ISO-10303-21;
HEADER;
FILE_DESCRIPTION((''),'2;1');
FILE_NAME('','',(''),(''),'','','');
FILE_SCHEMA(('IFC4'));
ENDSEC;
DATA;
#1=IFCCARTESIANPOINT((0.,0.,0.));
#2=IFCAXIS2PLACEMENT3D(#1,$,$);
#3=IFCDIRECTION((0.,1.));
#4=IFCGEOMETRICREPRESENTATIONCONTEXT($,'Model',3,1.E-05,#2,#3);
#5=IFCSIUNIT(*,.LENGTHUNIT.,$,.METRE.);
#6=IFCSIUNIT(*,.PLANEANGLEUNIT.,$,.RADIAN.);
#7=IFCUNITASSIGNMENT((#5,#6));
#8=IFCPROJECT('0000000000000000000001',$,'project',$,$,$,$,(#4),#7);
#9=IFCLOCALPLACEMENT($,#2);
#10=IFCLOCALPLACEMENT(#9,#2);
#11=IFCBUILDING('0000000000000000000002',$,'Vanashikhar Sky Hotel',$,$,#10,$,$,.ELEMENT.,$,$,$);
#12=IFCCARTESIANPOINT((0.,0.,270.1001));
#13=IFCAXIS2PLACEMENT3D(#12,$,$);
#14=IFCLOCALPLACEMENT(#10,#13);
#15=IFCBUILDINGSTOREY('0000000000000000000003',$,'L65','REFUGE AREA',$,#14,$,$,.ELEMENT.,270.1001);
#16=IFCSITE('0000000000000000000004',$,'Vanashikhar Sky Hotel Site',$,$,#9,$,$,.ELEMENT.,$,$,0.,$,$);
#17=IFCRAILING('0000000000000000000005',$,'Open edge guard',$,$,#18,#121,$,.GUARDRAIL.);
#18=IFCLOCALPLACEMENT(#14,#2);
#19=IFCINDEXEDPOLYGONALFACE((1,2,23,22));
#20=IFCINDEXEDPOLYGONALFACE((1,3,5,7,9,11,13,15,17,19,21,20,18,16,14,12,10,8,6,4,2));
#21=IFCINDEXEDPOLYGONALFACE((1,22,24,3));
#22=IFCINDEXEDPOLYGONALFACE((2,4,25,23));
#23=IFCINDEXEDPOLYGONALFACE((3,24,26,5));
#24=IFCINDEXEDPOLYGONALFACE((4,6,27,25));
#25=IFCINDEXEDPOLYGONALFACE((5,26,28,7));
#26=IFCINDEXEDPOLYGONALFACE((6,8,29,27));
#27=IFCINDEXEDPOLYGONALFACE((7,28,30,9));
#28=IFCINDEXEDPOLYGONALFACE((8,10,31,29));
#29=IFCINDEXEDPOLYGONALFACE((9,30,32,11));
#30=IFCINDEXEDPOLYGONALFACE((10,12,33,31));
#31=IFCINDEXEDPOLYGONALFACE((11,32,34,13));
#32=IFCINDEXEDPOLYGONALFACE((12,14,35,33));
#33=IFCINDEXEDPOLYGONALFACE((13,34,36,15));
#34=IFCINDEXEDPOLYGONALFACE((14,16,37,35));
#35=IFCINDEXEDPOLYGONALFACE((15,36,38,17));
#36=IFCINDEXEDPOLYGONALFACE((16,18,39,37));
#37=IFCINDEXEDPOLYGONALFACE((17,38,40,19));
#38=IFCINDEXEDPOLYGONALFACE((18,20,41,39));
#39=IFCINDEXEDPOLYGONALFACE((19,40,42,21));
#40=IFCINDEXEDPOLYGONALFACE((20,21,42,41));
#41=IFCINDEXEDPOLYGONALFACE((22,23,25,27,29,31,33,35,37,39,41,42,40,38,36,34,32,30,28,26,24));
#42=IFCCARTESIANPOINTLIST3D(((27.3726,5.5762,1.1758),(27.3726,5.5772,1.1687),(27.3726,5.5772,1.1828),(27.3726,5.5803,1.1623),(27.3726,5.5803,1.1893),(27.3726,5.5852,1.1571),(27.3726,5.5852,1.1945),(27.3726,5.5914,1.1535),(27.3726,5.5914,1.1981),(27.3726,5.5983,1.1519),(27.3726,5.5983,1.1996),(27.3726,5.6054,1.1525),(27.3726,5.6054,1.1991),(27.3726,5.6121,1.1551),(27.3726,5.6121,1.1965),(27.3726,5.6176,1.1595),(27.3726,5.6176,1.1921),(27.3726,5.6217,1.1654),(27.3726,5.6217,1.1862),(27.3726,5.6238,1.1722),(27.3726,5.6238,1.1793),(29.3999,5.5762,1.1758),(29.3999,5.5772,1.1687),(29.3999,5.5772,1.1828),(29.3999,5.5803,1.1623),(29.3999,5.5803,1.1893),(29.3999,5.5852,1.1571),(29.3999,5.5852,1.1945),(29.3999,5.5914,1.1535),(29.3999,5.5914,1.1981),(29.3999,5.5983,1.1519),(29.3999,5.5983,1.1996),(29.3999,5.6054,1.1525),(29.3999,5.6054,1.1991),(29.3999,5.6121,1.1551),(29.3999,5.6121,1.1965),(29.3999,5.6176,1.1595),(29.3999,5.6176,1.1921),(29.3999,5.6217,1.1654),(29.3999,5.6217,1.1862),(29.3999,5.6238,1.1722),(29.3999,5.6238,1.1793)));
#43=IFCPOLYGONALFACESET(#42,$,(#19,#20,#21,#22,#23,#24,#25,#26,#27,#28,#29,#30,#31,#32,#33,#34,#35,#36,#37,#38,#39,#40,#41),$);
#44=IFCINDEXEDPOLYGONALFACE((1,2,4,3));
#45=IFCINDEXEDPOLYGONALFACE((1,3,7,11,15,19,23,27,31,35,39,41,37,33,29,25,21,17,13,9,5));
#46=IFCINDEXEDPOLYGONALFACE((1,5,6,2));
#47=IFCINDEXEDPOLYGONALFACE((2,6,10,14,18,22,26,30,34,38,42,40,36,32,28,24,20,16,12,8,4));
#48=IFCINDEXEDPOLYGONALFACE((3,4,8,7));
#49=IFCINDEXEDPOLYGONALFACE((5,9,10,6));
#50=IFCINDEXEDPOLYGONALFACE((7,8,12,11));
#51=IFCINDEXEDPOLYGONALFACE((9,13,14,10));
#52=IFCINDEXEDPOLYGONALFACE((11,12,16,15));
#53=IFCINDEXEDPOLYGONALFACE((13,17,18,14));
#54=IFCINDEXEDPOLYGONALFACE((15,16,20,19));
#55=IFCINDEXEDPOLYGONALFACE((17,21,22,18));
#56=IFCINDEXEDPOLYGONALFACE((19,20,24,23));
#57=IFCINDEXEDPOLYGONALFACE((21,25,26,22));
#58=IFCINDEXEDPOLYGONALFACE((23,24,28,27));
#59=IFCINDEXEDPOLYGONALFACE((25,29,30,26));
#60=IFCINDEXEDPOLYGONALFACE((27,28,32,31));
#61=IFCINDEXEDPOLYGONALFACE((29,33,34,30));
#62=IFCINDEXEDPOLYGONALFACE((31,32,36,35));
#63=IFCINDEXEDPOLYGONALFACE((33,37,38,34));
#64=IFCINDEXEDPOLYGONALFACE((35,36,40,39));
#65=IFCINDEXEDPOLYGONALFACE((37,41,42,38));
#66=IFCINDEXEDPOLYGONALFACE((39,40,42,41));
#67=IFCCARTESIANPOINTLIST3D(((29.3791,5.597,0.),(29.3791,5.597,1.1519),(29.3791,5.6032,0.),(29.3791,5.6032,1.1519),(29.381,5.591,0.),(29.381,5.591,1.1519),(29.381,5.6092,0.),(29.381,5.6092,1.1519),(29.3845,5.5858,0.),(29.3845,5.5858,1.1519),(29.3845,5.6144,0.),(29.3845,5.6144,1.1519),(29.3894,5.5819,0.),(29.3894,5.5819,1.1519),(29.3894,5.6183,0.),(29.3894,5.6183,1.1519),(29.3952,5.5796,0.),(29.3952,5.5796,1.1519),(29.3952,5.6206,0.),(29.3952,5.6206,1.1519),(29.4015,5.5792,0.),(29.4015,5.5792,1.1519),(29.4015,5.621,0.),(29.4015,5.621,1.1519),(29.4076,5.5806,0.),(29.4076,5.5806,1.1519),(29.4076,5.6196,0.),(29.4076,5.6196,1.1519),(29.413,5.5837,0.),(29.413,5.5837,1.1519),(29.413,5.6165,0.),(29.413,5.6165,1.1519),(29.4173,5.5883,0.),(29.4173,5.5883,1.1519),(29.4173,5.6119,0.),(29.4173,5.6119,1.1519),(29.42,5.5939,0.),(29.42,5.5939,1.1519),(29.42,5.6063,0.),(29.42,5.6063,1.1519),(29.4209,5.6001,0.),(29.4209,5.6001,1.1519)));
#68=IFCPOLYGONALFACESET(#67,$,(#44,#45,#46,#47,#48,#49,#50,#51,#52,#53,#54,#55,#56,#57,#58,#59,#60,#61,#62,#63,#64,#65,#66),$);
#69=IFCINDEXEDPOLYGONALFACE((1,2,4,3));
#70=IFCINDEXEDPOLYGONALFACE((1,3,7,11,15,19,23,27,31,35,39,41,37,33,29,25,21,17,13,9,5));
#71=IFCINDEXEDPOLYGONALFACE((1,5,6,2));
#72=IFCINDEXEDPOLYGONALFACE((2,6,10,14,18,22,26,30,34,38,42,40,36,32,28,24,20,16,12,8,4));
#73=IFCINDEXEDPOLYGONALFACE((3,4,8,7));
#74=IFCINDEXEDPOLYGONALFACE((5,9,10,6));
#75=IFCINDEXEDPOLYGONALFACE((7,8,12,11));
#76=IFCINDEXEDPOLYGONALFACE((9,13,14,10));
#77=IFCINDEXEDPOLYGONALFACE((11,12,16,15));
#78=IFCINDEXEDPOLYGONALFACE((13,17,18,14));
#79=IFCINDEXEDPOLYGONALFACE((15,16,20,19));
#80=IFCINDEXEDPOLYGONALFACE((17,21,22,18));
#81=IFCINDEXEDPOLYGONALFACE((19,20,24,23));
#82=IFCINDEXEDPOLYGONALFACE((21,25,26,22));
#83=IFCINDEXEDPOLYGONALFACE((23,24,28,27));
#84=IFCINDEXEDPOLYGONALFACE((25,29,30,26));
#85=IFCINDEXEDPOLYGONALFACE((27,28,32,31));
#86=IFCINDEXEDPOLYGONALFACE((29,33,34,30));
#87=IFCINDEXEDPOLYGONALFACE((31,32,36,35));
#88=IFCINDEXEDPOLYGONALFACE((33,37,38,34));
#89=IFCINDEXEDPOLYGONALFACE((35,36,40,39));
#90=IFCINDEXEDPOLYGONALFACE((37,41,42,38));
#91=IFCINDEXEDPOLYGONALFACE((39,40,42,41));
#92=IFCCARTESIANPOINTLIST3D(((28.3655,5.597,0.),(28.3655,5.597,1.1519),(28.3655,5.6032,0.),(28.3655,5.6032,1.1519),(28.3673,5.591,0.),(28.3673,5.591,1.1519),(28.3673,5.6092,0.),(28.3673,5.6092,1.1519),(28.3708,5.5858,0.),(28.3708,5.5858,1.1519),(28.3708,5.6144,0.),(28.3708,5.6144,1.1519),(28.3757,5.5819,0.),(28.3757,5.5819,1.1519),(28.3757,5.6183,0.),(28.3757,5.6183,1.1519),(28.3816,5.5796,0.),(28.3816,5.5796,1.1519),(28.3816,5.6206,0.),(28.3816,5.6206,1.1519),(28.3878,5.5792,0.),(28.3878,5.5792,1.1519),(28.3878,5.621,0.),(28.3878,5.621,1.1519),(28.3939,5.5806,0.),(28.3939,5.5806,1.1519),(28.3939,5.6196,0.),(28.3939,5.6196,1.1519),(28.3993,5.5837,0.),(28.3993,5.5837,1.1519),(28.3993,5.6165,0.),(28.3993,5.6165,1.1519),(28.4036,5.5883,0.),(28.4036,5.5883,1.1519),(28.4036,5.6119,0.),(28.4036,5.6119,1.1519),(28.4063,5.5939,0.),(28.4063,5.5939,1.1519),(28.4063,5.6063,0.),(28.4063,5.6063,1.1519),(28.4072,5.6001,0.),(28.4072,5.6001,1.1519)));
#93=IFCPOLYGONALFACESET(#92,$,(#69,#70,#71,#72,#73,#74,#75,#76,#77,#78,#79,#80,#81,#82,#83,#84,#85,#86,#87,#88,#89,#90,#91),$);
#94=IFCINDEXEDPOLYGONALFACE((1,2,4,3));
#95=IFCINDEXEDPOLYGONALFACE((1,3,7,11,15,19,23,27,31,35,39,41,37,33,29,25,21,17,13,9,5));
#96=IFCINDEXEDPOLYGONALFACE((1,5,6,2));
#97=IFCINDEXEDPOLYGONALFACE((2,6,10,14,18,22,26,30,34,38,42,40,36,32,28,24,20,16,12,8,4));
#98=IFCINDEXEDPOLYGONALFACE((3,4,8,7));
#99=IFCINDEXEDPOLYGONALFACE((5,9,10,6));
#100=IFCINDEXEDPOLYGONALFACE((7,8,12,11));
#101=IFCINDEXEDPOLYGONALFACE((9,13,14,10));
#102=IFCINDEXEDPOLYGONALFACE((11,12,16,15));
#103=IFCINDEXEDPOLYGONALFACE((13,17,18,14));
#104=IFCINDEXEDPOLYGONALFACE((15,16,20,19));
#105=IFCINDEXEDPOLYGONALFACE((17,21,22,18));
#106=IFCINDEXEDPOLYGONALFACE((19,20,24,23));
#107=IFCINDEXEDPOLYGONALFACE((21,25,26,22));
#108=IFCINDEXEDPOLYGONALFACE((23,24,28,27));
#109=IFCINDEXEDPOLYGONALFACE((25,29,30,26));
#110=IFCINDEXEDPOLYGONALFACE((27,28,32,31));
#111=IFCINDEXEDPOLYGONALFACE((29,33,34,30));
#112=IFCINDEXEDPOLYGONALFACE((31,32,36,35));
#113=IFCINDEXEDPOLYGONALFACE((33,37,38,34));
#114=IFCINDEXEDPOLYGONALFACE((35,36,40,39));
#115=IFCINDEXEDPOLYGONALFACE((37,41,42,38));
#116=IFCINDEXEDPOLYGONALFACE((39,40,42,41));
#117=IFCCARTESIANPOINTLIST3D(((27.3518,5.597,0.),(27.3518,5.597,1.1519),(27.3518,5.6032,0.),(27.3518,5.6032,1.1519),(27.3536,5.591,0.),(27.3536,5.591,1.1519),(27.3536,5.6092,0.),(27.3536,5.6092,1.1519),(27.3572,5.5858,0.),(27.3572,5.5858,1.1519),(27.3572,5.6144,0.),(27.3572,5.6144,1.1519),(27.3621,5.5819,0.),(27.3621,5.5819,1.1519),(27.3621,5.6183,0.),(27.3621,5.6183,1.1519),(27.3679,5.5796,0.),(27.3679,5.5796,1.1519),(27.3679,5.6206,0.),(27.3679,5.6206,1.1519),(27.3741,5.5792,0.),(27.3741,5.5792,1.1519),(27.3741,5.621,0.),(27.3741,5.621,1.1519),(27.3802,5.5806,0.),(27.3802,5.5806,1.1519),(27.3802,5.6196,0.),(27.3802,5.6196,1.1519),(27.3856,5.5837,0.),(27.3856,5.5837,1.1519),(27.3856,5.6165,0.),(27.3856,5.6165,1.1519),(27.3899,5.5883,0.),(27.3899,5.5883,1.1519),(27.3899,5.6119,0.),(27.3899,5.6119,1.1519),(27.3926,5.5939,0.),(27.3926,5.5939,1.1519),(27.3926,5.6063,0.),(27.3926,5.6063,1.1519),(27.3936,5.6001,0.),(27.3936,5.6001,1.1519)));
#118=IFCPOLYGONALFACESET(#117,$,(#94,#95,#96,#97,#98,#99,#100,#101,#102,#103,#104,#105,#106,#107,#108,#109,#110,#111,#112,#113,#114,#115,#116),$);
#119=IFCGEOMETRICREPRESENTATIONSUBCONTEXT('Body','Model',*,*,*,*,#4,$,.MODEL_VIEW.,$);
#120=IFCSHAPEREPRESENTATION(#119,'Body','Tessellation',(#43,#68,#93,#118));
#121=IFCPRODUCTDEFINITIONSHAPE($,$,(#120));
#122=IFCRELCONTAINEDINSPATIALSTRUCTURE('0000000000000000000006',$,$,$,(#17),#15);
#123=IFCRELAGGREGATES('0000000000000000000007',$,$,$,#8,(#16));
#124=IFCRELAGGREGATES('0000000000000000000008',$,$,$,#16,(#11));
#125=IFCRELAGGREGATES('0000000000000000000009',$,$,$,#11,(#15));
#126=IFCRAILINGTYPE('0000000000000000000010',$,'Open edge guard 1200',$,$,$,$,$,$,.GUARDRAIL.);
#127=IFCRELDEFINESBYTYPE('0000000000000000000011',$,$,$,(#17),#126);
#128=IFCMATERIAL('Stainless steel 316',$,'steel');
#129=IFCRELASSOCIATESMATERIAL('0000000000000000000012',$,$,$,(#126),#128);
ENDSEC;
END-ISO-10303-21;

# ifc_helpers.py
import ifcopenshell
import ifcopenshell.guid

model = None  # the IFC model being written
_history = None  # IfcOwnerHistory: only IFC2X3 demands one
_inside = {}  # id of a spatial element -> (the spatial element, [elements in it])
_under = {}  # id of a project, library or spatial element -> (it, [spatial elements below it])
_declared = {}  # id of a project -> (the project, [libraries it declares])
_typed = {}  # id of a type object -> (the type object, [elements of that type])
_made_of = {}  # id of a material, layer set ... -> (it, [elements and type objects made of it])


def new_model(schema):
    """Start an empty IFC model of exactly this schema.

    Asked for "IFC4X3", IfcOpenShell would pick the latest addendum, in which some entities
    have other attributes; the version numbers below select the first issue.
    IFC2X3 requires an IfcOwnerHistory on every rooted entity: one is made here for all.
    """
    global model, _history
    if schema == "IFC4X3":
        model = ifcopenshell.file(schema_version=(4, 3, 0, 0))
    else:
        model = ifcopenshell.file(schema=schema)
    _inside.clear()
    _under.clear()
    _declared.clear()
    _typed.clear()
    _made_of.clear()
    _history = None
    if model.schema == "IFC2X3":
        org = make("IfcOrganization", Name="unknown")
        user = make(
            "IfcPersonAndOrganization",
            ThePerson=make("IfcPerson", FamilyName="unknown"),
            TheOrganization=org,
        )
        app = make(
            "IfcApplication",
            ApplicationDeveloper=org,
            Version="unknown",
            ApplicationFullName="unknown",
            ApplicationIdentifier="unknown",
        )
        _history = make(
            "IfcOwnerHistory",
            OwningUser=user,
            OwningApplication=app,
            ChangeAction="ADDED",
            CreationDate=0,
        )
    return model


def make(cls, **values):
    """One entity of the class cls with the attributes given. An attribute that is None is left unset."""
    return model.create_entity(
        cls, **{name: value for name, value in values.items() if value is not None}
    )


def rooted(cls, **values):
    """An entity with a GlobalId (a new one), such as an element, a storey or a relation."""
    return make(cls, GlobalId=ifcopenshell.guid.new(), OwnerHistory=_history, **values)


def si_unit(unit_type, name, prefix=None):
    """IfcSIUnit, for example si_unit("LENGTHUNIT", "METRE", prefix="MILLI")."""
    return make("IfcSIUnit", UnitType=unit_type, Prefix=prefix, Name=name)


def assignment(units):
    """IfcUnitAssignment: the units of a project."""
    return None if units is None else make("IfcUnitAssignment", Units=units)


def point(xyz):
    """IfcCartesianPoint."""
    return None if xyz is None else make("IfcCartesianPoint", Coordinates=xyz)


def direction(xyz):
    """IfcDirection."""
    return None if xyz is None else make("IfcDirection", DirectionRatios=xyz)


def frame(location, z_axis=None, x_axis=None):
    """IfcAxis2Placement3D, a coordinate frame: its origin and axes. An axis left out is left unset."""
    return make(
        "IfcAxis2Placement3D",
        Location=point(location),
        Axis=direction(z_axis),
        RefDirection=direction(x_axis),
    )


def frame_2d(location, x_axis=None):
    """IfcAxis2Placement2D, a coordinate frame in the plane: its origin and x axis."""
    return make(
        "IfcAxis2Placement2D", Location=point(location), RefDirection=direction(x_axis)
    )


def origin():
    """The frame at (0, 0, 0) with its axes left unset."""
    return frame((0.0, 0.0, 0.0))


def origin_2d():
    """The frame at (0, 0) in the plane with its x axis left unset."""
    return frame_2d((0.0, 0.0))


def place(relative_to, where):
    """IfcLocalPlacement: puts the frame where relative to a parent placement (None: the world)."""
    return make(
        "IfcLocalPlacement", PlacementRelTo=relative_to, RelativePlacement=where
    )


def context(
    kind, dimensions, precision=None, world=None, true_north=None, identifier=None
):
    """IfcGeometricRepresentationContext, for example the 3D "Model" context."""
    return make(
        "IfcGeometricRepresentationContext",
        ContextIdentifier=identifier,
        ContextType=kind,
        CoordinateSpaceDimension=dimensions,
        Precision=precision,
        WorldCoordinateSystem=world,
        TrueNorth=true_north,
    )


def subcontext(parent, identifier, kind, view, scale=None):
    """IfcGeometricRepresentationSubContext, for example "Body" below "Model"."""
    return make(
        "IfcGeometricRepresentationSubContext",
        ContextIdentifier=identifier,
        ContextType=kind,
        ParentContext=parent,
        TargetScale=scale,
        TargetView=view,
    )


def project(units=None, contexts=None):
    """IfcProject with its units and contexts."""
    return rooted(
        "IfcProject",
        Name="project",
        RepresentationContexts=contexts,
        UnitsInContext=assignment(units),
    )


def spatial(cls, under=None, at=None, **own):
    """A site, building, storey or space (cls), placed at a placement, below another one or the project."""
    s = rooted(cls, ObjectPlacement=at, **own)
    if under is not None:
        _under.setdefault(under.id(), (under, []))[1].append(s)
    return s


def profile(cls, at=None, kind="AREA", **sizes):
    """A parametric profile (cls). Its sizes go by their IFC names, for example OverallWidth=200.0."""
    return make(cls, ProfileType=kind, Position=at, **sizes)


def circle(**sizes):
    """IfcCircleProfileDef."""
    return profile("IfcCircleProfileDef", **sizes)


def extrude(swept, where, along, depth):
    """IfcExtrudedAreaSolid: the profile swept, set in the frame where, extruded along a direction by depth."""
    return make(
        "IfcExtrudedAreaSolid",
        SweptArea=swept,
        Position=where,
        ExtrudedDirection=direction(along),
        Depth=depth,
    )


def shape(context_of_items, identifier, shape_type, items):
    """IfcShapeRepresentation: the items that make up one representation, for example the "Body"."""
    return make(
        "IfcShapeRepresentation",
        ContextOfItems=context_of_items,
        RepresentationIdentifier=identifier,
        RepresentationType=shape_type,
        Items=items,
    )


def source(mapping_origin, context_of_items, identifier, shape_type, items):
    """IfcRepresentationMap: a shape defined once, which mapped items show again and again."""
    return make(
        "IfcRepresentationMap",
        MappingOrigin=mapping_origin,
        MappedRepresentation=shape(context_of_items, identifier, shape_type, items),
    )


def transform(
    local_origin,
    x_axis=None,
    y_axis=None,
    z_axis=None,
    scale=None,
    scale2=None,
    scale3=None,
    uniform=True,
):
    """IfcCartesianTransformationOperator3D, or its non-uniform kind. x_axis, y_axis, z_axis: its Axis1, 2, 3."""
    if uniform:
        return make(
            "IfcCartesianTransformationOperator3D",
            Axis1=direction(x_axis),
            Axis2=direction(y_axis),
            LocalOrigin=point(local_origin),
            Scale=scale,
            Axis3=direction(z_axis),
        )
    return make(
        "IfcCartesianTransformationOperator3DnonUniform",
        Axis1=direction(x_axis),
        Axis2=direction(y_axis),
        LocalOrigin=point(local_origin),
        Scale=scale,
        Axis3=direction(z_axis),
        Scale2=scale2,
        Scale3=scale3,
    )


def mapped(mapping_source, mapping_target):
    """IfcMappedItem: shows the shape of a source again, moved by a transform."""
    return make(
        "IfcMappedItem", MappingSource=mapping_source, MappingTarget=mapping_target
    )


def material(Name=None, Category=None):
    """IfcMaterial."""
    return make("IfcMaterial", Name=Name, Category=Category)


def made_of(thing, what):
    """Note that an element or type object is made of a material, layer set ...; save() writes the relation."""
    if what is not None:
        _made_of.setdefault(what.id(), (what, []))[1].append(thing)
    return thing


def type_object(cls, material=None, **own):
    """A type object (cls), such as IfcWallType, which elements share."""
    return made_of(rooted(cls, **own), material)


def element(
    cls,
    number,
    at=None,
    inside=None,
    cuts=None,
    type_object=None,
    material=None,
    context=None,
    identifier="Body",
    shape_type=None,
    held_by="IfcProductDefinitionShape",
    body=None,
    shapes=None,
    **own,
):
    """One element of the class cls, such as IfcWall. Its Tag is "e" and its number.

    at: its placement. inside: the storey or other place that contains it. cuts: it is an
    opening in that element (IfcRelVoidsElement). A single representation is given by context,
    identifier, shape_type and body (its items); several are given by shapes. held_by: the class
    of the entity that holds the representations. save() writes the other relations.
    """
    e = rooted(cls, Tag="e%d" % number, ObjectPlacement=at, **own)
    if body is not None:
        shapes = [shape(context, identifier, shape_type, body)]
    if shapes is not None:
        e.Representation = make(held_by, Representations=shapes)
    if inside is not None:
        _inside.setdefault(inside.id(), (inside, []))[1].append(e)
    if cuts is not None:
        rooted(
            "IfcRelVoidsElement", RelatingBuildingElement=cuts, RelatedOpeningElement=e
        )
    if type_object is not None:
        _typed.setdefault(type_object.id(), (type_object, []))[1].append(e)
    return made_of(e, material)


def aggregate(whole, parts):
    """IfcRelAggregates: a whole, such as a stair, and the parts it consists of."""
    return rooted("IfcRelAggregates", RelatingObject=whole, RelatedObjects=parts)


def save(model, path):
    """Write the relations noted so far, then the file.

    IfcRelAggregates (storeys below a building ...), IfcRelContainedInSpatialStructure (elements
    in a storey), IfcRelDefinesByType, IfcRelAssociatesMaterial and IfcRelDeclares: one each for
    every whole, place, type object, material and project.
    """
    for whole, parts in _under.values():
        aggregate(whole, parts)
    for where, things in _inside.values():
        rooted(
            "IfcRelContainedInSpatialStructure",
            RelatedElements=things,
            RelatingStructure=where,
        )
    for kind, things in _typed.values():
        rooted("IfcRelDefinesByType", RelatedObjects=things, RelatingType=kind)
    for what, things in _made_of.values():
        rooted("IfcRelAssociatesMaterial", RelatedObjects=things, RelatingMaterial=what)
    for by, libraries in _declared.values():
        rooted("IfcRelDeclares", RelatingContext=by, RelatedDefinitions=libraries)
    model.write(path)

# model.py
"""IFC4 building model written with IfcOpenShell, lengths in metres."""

from ifc_helpers import new_model, si_unit, direction, frame, origin, origin_2d, place, context, subcontext, project, spatial, circle, extrude, source, transform, mapped, material, type_object, element, save


model = new_model("IFC4")

# Units and contexts
model_context = context("Model", 3, precision=1e-05, world=origin(), true_north=direction((0.0, 1.0)))
body_context = subcontext(model_context, "Body", "Model", "MODEL_VIEW")
ifc_project = project(units=[si_unit("LENGTHUNIT", "METRE"), si_unit("PLANEANGLEUNIT", "RADIAN")], contexts=[model_context])

# Site, building, storey
site_placement = place(None, origin())
site = spatial("IfcSite", under=ifc_project, at=site_placement, Name="Vanashikhar Sky Hotel Site", CompositionType="ELEMENT", RefElevation=0.0)
building_placement = place(site_placement, origin())
building = spatial("IfcBuilding", under=site, at=building_placement, Name="Vanashikhar Sky Hotel", CompositionType="ELEMENT")
storey_placement = place(building_placement, frame((0.0, 0.0, 270.1001)))
storey = spatial("IfcBuildingStorey", under=building, at=storey_placement, Name="L65", Description="REFUGE AREA", CompositionType="ELEMENT", Elevation=270.1001)

# Railing
ifc_material_1 = material(Name="Stainless steel 316", Category="steel")
railing_type = type_object("IfcRailingType", Name="Open edge guard 1200", PredefinedType="GUARDRAIL", material=ifc_material_1)
shared_shape_1 = source(origin(), body_context, "Body", "SweptSolid", [
    extrude(circle(Radius=0.0239, at=origin_2d()), frame((0.0, 0.0, 1.1758), z_axis=(-1.0, 0.0, 0.0), x_axis=(0.0, -1.0, 0.0)), (0.0, 0.0, 1.0), 2.0273),
    extrude(circle(Radius=0.021, at=origin_2d()), origin(), (0.0, 0.0, 1.0), 1.1519),
    extrude(circle(Radius=0.021, at=origin_2d()), frame((-1.0137, 0.0, 0.0)), (0.0, 0.0, 1.0), 1.1519),
    extrude(circle(Radius=0.021, at=origin_2d()), frame((-2.0273, 0.0, 0.0)), (0.0, 0.0, 1.0), 1.1519),
])
railing_1_placement = place(storey_placement, frame((29.3999, 5.6001, 0.0)))
element("IfcRailing", 1, at=railing_1_placement, inside=storey, type_object=railing_type, Name="Open edge guard", PredefinedType="GUARDRAIL", context=body_context, shape_type="MappedRepresentation", body=[
    mapped(shared_shape_1, transform((0.0, 0.0, 0.0), scale=1.0)),
])

save(model, "model.ifc")
